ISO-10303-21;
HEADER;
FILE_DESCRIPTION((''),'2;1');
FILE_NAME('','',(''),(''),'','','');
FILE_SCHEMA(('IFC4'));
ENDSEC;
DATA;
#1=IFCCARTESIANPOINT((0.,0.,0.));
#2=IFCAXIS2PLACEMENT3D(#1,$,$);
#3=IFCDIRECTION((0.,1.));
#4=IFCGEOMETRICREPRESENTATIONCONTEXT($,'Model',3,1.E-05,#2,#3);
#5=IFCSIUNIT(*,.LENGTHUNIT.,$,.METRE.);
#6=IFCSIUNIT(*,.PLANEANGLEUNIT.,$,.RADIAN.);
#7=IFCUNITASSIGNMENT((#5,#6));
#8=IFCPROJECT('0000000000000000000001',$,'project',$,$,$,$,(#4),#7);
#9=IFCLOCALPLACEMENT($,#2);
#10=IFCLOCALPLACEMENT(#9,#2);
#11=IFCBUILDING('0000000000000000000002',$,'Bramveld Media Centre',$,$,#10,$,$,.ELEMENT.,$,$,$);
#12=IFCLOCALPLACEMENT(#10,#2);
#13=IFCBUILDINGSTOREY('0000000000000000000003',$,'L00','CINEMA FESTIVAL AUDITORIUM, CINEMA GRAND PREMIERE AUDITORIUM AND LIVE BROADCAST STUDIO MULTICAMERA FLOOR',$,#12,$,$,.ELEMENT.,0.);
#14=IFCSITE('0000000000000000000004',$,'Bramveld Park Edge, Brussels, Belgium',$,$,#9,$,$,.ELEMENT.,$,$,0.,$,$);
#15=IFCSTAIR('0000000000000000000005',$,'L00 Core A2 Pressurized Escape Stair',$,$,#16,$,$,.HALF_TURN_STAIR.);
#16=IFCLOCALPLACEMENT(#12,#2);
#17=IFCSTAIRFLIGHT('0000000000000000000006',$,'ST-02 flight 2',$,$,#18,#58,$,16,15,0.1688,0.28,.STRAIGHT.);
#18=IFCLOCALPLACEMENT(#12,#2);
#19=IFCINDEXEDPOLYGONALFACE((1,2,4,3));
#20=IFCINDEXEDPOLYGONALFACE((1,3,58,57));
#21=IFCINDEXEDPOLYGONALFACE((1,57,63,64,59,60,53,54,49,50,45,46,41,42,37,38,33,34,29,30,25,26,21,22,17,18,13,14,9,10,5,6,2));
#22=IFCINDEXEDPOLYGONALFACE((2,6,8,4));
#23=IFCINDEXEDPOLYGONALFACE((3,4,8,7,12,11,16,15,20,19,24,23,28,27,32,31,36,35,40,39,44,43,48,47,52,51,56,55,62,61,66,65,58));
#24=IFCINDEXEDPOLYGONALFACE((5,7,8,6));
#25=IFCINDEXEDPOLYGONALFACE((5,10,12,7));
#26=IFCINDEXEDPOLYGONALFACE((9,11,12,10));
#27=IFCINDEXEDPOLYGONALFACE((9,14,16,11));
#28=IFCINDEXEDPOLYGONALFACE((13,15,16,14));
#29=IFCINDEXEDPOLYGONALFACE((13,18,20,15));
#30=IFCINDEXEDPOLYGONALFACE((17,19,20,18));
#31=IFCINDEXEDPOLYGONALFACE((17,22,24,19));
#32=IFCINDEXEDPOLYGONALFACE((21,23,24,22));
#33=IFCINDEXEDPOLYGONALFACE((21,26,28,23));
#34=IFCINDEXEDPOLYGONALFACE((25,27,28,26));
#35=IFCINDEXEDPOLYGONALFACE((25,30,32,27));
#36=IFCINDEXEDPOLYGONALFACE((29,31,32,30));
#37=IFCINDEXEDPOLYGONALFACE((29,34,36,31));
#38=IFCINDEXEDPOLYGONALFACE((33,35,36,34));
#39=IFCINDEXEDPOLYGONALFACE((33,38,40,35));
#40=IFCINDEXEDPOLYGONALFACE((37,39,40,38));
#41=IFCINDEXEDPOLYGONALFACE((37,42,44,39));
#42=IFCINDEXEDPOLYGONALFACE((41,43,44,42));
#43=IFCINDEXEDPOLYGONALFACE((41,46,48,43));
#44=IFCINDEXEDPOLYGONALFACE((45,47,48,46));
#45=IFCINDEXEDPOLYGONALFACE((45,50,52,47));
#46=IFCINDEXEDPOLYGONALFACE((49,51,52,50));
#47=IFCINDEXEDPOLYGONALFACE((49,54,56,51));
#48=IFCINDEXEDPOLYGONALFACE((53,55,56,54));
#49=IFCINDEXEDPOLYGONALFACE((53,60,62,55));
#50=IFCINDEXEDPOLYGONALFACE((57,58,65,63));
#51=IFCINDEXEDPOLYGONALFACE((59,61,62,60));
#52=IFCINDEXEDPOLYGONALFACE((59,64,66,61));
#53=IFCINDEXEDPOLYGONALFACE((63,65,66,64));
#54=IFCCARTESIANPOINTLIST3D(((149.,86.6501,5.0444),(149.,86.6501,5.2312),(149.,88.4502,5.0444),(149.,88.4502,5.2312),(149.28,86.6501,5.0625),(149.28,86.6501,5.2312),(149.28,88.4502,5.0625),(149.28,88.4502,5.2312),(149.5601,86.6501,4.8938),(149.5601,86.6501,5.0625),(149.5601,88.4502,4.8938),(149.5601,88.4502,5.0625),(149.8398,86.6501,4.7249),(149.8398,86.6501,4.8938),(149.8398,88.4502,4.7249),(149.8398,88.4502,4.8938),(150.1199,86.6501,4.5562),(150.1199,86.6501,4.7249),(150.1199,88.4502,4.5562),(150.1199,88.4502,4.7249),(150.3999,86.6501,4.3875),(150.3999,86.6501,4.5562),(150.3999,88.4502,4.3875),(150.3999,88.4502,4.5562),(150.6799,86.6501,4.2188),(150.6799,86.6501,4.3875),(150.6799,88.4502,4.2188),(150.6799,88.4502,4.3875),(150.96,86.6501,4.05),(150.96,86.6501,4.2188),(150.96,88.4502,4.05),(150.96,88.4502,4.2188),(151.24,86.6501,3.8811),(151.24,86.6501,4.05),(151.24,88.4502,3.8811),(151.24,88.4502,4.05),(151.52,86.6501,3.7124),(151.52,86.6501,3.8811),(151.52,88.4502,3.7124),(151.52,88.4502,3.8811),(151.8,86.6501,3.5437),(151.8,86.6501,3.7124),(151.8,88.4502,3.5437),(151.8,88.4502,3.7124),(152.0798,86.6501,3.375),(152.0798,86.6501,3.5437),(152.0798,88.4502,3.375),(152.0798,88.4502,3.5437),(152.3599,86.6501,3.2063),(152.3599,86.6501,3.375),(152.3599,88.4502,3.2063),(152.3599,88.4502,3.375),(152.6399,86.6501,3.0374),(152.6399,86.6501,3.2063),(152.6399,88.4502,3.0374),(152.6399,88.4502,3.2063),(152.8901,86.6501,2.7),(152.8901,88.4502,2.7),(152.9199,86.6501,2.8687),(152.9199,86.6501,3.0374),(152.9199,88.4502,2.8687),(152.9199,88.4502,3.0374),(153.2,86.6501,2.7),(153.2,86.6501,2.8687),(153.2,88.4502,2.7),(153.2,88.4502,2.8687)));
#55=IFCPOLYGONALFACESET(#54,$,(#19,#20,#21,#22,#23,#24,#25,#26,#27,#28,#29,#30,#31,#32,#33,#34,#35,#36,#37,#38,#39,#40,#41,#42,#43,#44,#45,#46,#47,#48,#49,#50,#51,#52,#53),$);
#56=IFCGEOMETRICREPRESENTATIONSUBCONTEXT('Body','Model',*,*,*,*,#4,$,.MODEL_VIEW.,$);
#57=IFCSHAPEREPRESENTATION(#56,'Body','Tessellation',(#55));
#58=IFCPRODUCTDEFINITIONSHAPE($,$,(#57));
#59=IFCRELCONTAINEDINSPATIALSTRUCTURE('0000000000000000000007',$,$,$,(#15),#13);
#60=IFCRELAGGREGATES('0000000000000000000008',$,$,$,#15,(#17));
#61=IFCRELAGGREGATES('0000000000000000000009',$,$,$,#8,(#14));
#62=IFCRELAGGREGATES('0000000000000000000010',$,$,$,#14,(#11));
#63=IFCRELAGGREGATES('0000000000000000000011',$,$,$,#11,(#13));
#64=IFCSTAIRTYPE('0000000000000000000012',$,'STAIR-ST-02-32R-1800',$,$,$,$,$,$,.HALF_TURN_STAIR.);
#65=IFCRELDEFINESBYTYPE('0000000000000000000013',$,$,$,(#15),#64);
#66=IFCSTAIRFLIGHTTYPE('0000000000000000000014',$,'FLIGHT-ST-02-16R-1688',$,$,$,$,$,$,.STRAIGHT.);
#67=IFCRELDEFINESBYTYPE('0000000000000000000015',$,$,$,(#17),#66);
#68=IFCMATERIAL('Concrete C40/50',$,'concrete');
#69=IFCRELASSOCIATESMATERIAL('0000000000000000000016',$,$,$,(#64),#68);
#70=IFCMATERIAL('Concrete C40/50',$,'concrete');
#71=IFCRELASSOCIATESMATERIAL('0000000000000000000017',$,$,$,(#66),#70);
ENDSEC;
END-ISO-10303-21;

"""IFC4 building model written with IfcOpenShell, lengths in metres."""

from ifc_helpers import new_model, si_unit, direction, frame, origin, place, context, subcontext, project, spatial, polyline, outline, extrude, material, type_object, element, aggregate, save


model = new_model("IFC4")

# Units and contexts
model_context = context("Model", 3, precision=1e-05, world=origin(), true_north=direction((0.0, 1.0)))
body_context = subcontext(model_context, "Body", "Model", "MODEL_VIEW")
ifc_project = project(units=[si_unit("LENGTHUNIT", "METRE"), si_unit("PLANEANGLEUNIT", "RADIAN")], contexts=[model_context])

# Site, building, storey
site_placement = place(None, origin())
site = spatial("IfcSite", under=ifc_project, at=site_placement, Name="Bramveld Park Edge, Brussels, Belgium", CompositionType="ELEMENT", RefElevation=0.0)
building_placement = place(site_placement, origin())
building = spatial("IfcBuilding", under=site, at=building_placement, Name="Bramveld Media Centre", CompositionType="ELEMENT")
storey_placement = place(building_placement, origin())
storey = spatial("IfcBuildingStorey", under=building, at=storey_placement, Name="L00", Description="CINEMA FESTIVAL AUDITORIUM, CINEMA GRAND PREMIERE AUDITORIUM AND LIVE BROADCAST STUDIO MULTICAMERA FLOOR", CompositionType="ELEMENT", Elevation=0.0)

# Stair, stair flight
ifc_material_1 = material(Name="Concrete C40/50", Category="concrete")
stair_type = type_object("IfcStairType", Name="STAIR-ST-02-32R-1800", PredefinedType="HALF_TURN_STAIR", material=ifc_material_1)
stair_placement = place(storey_placement, origin())
stair = element("IfcStair", 1, at=stair_placement, inside=storey, type_object=stair_type, Name="L00 Core A2 Pressurized Escape Stair", PredefinedType="HALF_TURN_STAIR")
ifc_material_2 = material(Name="Concrete C40/50", Category="concrete")
stair_flight_type = type_object("IfcStairFlightType", Name="FLIGHT-ST-02-16R-1688", PredefinedType="STRAIGHT", material=ifc_material_2)
stair_flight_placement = place(storey_placement, frame((153.2, 87.55, 2.7), z_axis=(0.0, 0.0, 1.0), x_axis=(-1.0, 0.0, 0.0)))
stair_flight = element("IfcStairFlight", 2, at=stair_flight_placement, type_object=stair_flight_type, Name="ST-02 flight 2", NumberOfRisers=16, NumberOfTreads=15, PredefinedType="STRAIGHT", RiserHeight=0.1688, TreadLength=0.28, context=body_context, shape_type="SweptSolid", body=[
    extrude(outline(polyline([(0.0, 0.0), (0.0, 0.1687), (0.28, 0.1687), (0.28, 0.3374), (0.5601, 0.3374), (0.5601, 0.5063), (0.8401, 0.5063), (0.8401, 0.675), (1.1201, 0.675), (1.1201, 0.8438), (1.3999, 0.8438), (1.3999, 1.0125), (1.6799, 1.0125), (1.6799, 1.1812), (1.96, 1.1812), (1.96, 1.3501), (2.24, 1.3501), (2.24, 1.5188), (2.52, 1.5188), (2.52, 1.6875), (2.8, 1.6875), (2.8, 1.8562), (3.0801, 1.8562), (3.0801, 2.0249), (3.3601, 2.0249), (3.3601, 2.1938), (3.6399, 2.1938), (3.6399, 2.3625), (3.9199, 2.3625), (3.9199, 2.5312), (4.2, 2.5312), (4.2, 2.7), (4.2, 2.3445), (0.3098, 0.0), (0.0, 0.0)])), frame((0.0, 0.8999, 0.0), z_axis=(0.0, -1.0, 0.0), x_axis=(1.0, 0.0, 0.0)), (0.0, 0.0, 1.0), 1.8),
])
aggregate(stair, [stair_flight])

save(model, "model.ifc")
